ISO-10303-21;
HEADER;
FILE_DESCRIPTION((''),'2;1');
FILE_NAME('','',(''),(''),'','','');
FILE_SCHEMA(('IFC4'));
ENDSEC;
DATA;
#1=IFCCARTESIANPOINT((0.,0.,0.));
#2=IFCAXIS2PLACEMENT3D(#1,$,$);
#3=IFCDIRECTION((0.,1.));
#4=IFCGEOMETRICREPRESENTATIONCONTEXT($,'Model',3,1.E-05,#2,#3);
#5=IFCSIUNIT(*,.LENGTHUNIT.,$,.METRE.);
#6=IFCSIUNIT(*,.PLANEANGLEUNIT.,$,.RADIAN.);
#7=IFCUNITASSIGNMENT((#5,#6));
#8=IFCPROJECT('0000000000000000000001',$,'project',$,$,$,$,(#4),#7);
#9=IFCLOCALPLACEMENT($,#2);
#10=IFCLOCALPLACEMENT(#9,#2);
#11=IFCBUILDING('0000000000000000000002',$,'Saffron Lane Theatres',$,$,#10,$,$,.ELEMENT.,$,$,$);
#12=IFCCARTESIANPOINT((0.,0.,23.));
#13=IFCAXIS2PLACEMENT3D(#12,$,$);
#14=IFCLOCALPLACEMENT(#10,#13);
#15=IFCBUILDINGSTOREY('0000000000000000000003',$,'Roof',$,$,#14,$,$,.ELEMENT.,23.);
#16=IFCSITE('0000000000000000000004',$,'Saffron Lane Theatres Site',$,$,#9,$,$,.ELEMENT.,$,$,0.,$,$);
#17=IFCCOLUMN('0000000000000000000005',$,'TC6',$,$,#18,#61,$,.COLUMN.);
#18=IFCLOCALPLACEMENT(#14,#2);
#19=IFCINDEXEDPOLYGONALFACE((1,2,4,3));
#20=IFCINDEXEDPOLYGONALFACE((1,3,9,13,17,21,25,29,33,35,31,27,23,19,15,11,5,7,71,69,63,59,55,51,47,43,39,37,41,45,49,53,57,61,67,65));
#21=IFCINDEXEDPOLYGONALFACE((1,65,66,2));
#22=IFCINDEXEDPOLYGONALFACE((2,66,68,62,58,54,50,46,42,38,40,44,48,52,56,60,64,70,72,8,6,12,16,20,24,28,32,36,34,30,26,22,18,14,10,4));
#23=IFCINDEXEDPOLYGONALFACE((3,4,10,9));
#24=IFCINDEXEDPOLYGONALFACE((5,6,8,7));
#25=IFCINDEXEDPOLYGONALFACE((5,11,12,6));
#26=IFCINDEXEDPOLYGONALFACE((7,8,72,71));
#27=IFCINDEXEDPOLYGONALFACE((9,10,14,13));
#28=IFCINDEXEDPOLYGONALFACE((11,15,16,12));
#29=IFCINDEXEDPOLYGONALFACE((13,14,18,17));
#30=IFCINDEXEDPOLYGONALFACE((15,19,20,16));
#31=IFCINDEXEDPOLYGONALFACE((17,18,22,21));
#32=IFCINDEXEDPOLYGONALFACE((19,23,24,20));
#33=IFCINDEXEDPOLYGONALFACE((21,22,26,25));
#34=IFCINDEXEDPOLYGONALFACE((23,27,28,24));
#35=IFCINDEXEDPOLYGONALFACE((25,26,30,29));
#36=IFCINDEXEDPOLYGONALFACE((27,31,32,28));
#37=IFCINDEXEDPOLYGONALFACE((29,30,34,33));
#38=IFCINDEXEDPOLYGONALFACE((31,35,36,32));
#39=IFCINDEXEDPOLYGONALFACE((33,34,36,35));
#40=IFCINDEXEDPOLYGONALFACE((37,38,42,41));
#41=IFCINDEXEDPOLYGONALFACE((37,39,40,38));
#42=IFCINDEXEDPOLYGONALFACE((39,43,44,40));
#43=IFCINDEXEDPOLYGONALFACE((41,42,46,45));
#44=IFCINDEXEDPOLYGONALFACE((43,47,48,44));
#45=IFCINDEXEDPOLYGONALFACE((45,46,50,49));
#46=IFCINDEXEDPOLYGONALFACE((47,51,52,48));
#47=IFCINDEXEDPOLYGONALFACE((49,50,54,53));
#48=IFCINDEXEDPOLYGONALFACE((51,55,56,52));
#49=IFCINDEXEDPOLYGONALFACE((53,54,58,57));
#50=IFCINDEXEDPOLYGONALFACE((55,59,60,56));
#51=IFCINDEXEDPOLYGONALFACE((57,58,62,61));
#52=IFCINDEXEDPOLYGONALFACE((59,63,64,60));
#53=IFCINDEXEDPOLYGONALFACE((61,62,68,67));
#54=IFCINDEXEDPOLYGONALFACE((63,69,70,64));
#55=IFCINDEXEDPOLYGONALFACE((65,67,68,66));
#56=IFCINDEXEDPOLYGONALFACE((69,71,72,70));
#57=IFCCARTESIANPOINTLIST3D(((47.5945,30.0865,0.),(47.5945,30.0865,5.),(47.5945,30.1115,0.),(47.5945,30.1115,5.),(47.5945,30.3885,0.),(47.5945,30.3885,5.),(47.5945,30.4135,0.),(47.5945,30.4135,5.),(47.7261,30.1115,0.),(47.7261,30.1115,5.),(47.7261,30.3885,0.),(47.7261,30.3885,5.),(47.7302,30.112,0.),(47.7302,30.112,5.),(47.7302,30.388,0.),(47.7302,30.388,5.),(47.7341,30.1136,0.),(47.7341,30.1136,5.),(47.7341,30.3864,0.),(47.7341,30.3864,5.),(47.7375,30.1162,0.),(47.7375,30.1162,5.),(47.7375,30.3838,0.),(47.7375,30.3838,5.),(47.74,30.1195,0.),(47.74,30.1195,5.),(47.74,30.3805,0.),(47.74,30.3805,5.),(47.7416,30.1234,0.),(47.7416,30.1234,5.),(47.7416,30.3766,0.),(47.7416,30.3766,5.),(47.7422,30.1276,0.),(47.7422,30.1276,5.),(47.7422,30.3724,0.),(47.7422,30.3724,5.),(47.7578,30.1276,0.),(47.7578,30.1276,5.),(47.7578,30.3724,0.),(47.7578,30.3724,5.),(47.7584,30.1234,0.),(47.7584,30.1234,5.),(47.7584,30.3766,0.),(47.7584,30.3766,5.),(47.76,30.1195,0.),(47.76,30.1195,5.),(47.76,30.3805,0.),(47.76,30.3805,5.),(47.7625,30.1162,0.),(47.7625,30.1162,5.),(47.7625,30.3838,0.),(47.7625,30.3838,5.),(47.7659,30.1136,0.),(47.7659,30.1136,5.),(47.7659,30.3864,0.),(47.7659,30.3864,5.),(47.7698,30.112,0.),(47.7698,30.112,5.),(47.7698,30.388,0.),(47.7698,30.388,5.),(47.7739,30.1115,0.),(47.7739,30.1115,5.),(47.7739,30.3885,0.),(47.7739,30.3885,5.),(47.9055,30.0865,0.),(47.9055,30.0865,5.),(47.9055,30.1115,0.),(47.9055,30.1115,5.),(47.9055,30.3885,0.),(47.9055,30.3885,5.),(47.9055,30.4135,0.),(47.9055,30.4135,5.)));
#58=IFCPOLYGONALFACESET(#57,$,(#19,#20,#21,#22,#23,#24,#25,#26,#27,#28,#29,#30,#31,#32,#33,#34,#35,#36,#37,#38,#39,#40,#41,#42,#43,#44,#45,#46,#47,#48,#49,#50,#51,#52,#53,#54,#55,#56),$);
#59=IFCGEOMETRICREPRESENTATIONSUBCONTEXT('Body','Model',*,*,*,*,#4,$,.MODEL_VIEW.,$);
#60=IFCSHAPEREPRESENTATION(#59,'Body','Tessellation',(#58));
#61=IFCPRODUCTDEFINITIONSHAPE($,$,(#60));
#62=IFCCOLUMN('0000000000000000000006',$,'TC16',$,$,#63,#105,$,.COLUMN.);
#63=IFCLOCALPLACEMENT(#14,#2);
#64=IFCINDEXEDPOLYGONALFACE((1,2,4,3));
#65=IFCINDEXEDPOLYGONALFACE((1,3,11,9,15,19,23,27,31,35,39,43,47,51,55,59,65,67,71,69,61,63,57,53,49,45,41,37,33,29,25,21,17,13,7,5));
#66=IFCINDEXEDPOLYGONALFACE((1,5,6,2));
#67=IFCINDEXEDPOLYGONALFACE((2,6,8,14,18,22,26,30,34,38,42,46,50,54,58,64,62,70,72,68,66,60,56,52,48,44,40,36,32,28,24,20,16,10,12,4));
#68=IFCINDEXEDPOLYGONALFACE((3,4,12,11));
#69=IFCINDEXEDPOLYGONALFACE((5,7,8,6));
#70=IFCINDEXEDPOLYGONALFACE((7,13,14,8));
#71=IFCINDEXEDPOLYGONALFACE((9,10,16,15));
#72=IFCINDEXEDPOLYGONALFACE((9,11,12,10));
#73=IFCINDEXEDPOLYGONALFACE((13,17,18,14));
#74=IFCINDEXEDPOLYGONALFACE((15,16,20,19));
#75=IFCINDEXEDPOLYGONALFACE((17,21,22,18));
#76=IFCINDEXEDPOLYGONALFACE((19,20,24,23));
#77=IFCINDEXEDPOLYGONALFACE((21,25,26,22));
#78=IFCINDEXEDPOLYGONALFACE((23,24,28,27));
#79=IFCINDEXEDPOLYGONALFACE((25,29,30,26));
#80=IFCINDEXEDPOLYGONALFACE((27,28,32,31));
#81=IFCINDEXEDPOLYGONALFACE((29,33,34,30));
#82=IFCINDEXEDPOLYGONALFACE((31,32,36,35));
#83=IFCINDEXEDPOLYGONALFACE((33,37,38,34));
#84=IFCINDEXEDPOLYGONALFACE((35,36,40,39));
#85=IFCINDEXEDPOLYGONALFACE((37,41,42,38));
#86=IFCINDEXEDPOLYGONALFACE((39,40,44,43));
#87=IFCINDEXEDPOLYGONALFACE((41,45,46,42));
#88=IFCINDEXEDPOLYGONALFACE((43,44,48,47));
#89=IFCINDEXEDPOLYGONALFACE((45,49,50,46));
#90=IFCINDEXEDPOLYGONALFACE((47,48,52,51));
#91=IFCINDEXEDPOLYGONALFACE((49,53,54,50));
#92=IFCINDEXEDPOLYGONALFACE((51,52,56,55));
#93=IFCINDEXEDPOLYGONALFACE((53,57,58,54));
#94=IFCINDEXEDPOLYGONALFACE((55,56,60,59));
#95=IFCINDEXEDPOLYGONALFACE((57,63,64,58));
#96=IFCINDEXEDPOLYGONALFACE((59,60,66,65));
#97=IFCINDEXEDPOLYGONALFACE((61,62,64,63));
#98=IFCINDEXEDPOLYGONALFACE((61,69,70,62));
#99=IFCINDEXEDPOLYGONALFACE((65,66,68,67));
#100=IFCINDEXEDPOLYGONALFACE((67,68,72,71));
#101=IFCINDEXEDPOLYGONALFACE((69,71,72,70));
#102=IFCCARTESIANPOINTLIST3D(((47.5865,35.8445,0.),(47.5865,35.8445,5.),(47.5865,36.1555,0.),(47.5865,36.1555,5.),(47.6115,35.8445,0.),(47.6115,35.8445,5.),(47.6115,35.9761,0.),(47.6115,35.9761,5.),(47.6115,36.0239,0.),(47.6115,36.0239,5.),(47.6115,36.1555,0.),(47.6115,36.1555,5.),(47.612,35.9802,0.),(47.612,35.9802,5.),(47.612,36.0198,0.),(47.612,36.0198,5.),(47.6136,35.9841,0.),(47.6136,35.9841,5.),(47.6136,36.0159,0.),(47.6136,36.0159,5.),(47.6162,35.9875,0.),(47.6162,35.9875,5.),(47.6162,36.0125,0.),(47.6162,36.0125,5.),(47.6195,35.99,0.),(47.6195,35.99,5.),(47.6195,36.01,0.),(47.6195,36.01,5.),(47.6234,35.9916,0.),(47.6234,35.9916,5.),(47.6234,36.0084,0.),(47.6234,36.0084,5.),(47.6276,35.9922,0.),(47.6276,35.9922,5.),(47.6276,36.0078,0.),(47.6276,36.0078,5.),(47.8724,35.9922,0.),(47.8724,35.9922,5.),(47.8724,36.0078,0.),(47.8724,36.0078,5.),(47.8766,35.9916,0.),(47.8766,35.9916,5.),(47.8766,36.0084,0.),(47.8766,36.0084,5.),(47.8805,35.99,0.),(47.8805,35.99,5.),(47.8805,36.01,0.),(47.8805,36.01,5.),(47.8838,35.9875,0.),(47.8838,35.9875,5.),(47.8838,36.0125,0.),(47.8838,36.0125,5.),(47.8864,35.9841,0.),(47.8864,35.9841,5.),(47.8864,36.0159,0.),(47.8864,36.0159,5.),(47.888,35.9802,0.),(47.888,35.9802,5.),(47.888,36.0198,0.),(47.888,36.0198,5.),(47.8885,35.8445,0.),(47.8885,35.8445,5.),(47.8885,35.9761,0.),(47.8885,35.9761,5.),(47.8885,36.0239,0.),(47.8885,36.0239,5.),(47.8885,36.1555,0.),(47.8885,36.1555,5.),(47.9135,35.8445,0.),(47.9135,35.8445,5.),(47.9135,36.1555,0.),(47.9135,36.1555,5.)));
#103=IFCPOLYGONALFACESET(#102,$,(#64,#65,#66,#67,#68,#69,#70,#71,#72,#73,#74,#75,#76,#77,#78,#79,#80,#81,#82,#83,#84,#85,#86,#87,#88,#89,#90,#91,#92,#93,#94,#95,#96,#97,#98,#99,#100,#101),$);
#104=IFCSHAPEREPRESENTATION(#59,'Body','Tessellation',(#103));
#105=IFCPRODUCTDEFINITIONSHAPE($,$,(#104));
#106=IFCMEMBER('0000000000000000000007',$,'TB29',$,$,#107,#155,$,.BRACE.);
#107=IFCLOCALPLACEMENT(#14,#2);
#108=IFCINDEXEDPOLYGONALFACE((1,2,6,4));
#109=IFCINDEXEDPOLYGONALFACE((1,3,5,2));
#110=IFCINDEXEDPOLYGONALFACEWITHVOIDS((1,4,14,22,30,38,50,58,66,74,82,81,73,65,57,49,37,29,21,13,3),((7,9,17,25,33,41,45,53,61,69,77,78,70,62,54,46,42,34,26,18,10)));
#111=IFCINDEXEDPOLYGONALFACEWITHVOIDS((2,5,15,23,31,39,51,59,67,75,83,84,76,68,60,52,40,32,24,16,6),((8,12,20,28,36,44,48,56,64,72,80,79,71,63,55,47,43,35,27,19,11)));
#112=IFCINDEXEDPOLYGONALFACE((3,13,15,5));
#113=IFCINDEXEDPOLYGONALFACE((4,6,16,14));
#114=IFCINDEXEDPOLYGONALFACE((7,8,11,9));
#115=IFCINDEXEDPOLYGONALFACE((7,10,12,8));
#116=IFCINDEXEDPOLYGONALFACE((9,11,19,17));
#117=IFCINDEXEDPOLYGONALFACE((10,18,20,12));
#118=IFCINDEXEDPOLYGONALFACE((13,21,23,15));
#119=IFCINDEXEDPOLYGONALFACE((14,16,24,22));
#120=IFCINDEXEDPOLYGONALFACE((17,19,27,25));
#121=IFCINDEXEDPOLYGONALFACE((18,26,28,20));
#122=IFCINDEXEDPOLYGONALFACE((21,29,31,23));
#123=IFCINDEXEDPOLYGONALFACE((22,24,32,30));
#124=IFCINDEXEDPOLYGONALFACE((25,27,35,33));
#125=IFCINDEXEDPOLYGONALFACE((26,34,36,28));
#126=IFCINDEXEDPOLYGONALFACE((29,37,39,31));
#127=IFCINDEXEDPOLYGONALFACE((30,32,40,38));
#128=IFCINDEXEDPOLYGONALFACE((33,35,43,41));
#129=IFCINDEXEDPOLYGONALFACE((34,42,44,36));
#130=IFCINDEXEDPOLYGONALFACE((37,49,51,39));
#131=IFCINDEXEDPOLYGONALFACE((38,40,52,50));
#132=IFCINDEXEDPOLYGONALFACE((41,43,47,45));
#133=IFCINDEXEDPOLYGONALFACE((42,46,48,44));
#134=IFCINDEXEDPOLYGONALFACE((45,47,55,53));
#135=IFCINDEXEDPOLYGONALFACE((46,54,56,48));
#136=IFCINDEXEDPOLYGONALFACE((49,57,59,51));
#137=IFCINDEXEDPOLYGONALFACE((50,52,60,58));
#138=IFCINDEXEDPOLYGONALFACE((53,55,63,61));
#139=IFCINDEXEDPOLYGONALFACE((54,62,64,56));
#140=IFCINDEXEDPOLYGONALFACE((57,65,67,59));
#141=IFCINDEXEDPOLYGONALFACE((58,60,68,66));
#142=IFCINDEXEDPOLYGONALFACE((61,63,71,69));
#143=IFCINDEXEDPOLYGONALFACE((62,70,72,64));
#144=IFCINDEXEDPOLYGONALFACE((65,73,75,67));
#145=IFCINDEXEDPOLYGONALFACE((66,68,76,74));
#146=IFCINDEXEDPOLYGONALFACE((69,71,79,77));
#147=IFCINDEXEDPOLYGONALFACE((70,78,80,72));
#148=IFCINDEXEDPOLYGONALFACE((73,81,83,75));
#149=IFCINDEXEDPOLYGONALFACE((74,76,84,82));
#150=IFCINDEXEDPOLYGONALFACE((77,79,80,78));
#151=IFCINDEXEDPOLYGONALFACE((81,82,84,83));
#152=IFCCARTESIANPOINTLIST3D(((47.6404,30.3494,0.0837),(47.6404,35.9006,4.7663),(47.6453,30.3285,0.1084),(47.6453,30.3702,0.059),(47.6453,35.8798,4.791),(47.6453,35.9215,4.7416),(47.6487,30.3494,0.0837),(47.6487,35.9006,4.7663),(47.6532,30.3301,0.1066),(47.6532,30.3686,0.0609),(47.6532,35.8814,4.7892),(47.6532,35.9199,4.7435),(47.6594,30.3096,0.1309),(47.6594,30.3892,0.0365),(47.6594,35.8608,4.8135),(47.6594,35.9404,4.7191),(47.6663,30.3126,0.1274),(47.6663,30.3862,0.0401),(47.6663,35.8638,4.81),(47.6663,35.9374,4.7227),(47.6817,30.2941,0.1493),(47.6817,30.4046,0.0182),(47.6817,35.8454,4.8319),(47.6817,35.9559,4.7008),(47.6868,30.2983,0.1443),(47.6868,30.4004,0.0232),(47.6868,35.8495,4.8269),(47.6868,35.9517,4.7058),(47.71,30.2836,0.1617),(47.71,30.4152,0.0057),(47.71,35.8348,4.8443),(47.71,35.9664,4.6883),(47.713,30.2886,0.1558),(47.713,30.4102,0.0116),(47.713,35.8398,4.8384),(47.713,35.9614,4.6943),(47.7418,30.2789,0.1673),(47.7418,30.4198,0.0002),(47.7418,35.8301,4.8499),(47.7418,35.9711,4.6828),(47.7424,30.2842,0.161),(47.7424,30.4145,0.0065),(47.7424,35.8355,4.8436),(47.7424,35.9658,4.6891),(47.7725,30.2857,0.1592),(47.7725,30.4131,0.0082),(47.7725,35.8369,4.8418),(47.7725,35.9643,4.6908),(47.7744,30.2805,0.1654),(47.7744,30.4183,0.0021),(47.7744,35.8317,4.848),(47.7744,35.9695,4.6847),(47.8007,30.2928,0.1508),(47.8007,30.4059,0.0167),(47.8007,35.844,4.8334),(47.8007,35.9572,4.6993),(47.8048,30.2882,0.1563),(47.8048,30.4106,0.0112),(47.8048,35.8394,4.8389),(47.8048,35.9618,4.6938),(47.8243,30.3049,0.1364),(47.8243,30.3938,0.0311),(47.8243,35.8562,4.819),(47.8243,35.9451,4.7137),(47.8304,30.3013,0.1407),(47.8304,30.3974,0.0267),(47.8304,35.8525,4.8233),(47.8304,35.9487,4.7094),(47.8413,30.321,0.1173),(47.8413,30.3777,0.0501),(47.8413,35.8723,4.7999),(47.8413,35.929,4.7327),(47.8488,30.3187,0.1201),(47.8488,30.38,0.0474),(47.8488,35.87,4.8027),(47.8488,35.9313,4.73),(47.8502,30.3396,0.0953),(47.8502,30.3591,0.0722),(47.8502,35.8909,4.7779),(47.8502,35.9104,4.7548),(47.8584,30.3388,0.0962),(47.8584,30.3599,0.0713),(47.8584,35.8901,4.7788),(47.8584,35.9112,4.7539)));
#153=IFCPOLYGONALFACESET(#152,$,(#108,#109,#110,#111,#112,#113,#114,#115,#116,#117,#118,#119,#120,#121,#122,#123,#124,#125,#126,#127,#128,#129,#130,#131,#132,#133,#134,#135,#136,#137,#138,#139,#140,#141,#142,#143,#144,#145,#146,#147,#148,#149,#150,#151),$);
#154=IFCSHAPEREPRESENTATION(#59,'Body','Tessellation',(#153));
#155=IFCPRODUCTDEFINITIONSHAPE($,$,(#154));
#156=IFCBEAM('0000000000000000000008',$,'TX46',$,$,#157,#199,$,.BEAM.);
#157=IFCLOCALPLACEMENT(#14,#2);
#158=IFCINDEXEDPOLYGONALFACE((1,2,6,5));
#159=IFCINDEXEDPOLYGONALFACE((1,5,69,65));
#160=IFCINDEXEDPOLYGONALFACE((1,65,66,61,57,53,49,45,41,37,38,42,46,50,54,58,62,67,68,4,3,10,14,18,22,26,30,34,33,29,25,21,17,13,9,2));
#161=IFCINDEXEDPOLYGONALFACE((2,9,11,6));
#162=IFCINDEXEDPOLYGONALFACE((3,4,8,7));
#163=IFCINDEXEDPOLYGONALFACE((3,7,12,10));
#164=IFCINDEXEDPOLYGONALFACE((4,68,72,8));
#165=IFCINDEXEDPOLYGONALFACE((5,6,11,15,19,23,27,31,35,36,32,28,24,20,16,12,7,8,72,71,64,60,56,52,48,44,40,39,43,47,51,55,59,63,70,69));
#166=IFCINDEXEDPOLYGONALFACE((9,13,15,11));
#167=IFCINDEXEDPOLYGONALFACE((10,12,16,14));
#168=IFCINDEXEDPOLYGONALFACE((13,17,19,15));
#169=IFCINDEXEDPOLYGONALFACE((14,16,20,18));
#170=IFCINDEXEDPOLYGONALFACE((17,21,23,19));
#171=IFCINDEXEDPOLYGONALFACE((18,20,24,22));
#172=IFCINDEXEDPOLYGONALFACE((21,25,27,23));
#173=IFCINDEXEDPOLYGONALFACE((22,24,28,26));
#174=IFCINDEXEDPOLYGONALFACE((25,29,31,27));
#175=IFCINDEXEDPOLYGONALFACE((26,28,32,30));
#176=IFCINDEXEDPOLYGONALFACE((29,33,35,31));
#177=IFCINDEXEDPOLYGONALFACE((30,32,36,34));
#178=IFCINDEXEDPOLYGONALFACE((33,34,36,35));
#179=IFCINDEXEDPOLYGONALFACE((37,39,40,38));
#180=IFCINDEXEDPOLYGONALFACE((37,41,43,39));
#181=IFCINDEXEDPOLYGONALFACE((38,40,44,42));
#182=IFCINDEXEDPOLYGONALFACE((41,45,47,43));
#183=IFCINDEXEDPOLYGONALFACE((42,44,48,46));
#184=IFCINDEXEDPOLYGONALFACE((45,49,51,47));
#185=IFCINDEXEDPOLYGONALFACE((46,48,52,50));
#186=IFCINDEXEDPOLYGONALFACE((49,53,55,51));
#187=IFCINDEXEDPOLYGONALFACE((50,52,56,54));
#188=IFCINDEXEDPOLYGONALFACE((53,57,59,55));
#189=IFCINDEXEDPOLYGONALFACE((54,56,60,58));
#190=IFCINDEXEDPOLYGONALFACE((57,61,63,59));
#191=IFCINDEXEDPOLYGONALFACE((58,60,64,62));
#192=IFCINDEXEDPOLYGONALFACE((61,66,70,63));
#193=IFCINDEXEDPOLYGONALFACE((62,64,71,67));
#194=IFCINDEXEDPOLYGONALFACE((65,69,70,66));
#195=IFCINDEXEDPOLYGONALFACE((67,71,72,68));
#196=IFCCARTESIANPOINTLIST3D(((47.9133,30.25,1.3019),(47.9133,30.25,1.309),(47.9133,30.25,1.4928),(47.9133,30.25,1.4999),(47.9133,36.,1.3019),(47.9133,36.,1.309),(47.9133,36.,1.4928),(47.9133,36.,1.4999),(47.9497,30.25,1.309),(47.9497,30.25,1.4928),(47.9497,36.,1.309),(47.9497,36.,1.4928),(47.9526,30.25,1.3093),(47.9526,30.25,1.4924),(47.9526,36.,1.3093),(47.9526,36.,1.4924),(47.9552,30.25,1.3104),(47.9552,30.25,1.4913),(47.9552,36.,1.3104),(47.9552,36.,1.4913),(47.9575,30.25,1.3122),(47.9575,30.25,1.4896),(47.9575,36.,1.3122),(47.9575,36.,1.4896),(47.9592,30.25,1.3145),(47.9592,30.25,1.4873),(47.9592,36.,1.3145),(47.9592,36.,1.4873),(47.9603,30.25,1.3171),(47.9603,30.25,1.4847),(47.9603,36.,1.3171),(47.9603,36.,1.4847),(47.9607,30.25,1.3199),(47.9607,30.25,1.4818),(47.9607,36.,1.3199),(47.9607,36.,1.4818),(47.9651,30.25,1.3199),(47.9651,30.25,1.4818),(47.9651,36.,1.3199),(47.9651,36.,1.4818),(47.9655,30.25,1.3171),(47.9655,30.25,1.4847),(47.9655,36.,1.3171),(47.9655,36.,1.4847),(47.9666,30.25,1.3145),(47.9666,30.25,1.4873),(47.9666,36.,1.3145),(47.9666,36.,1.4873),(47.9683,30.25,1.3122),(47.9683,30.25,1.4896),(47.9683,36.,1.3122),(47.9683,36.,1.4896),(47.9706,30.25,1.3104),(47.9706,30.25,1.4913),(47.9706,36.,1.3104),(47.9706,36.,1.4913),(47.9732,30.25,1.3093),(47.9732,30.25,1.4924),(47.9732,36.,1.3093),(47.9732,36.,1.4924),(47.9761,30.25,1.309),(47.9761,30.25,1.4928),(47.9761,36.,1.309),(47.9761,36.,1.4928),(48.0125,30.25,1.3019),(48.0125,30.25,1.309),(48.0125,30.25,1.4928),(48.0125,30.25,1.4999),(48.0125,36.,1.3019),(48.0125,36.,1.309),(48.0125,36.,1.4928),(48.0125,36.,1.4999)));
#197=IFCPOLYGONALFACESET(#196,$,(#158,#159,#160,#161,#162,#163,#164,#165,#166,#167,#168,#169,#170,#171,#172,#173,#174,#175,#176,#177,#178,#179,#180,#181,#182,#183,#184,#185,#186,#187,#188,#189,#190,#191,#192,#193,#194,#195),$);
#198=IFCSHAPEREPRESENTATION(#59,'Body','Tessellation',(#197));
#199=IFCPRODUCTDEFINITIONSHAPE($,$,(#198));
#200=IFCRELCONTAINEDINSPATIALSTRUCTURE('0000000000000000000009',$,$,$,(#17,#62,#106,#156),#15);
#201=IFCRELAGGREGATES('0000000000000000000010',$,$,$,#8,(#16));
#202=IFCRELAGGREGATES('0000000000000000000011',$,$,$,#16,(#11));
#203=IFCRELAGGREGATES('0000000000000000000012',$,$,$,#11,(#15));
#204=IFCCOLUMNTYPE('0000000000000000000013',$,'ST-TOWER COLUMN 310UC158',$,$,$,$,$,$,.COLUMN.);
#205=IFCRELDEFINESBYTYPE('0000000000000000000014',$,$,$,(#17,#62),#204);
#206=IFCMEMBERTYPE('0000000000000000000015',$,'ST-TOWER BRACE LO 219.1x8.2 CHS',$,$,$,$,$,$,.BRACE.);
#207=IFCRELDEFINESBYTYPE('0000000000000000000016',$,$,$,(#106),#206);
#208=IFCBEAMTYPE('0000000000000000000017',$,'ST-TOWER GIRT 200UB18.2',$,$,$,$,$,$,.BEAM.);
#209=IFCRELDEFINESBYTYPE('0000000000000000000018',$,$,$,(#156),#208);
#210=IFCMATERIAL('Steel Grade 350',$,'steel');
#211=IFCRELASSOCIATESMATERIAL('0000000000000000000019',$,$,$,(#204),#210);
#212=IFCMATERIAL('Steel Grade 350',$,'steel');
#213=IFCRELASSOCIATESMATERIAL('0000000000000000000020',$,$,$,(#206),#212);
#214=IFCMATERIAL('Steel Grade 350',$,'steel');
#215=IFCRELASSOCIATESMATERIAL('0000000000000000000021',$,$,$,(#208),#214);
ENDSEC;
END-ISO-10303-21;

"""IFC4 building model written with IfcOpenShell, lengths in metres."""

from ifc_helpers import new_model, si_unit, direction, frame, origin, origin_2d, place, context, subcontext, project, spatial, hollow_circle, i_section, extrude, material, material_profile, profile_set, type_object, element, save


model = new_model("IFC4")

# Units and contexts
model_context = context("Model", 3, precision=1e-05, world=origin(), true_north=direction((0.0, 1.0)))
body_context = subcontext(model_context, "Body", "Model", "MODEL_VIEW")
ifc_project = project(units=[si_unit("LENGTHUNIT", "METRE"), si_unit("PLANEANGLEUNIT", "RADIAN")], contexts=[model_context])

# Site, building, storey
site_placement = place(None, origin())
site = spatial("IfcSite", under=ifc_project, at=site_placement, Name="Saffron Lane Theatres Site", CompositionType="ELEMENT", RefElevation=0.0)
building_placement = place(site_placement, origin())
building = spatial("IfcBuilding", under=site, at=building_placement, Name="Saffron Lane Theatres", CompositionType="ELEMENT")
storey_placement = place(building_placement, frame((0.0, 0.0, 23.0)))
storey = spatial("IfcBuildingStorey", under=building, at=storey_placement, Name="Roof", CompositionType="ELEMENT", Elevation=23.0)

# Columns
ifc_material_1 = material(Name="Steel Grade 350", Category="steel")
ifc_material_profile_1 = material_profile(ifc_material_1, i_section(OverallWidth=0.311, OverallDepth=0.3269, WebThickness=0.0156, FlangeThickness=0.0249, FilletRadius=0.0161, at=origin_2d()))
ifc_profile_set_1 = profile_set([ifc_material_profile_1], Name="Steel Grade 350")
column_type = type_object("IfcColumnType", Name="ST-TOWER COLUMN 310UC158", PredefinedType="COLUMN", material=ifc_profile_set_1)
for number, where, z_axis, x_axis, name in (
    (1, (47.75, 30.25, 0.0), (0.0, 0.0, 1.0), (1.0, 0.0, 0.0), "TC6"),
    (2, (47.75, 36.0, 0.0), (0.0, 0.0, 1.0), (0.0, 1.0, 0.0), "TC16"),
):
    element("IfcColumn", number, at=place(storey_placement, frame(where, z_axis=z_axis, x_axis=x_axis)), inside=storey, type_object=column_type, Name=name, PredefinedType="COLUMN", context=body_context, shape_type="SweptSolid", body=[
        extrude(i_section(OverallWidth=0.311, OverallDepth=0.3269, WebThickness=0.0156, FlangeThickness=0.0249, FilletRadius=0.0161, at=origin_2d()), origin(), (0.0, 0.0, 1.0), 5.0),
    ])

# Member
ifc_material_2 = material(Name="Steel Grade 350", Category="steel")
ifc_material_profile_2 = material_profile(ifc_material_2, hollow_circle(Radius=0.1096, WallThickness=0.0083, at=origin_2d()))
ifc_profile_set_2 = profile_set([ifc_material_profile_2], Name="Steel Grade 350")
member_type = type_object("IfcMemberType", Name="ST-TOWER BRACE LO 219.1x8.2 CHS", PredefinedType="BRACE", material=ifc_profile_set_2)
member_placement = place(storey_placement, frame((47.75, 30.3494, 0.0837), z_axis=(0.0, 0.764377, 0.644769), x_axis=(-1.0, 0.0, 0.0)))
element("IfcMember", 3, at=member_placement, inside=storey, type_object=member_type, Name="TB29", PredefinedType="BRACE", context=body_context, shape_type="SweptSolid", body=[
    extrude(hollow_circle(Radius=0.1096, WallThickness=0.0083, at=origin_2d()), origin(), (0.0, 0.0, 1.0), 7.2625),
])

# Beam
ifc_material_3 = material(Name="Steel Grade 350", Category="steel")
ifc_material_profile_3 = material_profile(ifc_material_3, i_section(OverallWidth=0.0991, OverallDepth=0.198, WebThickness=0.0044, FlangeThickness=0.0071, FilletRadius=0.011, at=origin_2d()))
ifc_profile_set_3 = profile_set([ifc_material_profile_3], Name="Steel Grade 350")
beam_type = type_object("IfcBeamType", Name="ST-TOWER GIRT 200UB18.2", PredefinedType="BEAM", material=ifc_profile_set_3)
beam_1_placement = place(storey_placement, frame((47.9629, 30.25, 1.4009), z_axis=(0.0, 1.0, 0.0), x_axis=(-1.0, 0.0, 0.0)))
element("IfcBeam", 4, at=beam_1_placement, inside=storey, type_object=beam_type, Name="TX46", PredefinedType="BEAM", context=body_context, shape_type="SweptSolid", body=[
    extrude(i_section(OverallWidth=0.0991, OverallDepth=0.198, WebThickness=0.0044, FlangeThickness=0.0071, FilletRadius=0.011, at=origin_2d()), origin(), (0.0, 0.0, 1.0), 5.75),
])

save(model, "model.ifc")
